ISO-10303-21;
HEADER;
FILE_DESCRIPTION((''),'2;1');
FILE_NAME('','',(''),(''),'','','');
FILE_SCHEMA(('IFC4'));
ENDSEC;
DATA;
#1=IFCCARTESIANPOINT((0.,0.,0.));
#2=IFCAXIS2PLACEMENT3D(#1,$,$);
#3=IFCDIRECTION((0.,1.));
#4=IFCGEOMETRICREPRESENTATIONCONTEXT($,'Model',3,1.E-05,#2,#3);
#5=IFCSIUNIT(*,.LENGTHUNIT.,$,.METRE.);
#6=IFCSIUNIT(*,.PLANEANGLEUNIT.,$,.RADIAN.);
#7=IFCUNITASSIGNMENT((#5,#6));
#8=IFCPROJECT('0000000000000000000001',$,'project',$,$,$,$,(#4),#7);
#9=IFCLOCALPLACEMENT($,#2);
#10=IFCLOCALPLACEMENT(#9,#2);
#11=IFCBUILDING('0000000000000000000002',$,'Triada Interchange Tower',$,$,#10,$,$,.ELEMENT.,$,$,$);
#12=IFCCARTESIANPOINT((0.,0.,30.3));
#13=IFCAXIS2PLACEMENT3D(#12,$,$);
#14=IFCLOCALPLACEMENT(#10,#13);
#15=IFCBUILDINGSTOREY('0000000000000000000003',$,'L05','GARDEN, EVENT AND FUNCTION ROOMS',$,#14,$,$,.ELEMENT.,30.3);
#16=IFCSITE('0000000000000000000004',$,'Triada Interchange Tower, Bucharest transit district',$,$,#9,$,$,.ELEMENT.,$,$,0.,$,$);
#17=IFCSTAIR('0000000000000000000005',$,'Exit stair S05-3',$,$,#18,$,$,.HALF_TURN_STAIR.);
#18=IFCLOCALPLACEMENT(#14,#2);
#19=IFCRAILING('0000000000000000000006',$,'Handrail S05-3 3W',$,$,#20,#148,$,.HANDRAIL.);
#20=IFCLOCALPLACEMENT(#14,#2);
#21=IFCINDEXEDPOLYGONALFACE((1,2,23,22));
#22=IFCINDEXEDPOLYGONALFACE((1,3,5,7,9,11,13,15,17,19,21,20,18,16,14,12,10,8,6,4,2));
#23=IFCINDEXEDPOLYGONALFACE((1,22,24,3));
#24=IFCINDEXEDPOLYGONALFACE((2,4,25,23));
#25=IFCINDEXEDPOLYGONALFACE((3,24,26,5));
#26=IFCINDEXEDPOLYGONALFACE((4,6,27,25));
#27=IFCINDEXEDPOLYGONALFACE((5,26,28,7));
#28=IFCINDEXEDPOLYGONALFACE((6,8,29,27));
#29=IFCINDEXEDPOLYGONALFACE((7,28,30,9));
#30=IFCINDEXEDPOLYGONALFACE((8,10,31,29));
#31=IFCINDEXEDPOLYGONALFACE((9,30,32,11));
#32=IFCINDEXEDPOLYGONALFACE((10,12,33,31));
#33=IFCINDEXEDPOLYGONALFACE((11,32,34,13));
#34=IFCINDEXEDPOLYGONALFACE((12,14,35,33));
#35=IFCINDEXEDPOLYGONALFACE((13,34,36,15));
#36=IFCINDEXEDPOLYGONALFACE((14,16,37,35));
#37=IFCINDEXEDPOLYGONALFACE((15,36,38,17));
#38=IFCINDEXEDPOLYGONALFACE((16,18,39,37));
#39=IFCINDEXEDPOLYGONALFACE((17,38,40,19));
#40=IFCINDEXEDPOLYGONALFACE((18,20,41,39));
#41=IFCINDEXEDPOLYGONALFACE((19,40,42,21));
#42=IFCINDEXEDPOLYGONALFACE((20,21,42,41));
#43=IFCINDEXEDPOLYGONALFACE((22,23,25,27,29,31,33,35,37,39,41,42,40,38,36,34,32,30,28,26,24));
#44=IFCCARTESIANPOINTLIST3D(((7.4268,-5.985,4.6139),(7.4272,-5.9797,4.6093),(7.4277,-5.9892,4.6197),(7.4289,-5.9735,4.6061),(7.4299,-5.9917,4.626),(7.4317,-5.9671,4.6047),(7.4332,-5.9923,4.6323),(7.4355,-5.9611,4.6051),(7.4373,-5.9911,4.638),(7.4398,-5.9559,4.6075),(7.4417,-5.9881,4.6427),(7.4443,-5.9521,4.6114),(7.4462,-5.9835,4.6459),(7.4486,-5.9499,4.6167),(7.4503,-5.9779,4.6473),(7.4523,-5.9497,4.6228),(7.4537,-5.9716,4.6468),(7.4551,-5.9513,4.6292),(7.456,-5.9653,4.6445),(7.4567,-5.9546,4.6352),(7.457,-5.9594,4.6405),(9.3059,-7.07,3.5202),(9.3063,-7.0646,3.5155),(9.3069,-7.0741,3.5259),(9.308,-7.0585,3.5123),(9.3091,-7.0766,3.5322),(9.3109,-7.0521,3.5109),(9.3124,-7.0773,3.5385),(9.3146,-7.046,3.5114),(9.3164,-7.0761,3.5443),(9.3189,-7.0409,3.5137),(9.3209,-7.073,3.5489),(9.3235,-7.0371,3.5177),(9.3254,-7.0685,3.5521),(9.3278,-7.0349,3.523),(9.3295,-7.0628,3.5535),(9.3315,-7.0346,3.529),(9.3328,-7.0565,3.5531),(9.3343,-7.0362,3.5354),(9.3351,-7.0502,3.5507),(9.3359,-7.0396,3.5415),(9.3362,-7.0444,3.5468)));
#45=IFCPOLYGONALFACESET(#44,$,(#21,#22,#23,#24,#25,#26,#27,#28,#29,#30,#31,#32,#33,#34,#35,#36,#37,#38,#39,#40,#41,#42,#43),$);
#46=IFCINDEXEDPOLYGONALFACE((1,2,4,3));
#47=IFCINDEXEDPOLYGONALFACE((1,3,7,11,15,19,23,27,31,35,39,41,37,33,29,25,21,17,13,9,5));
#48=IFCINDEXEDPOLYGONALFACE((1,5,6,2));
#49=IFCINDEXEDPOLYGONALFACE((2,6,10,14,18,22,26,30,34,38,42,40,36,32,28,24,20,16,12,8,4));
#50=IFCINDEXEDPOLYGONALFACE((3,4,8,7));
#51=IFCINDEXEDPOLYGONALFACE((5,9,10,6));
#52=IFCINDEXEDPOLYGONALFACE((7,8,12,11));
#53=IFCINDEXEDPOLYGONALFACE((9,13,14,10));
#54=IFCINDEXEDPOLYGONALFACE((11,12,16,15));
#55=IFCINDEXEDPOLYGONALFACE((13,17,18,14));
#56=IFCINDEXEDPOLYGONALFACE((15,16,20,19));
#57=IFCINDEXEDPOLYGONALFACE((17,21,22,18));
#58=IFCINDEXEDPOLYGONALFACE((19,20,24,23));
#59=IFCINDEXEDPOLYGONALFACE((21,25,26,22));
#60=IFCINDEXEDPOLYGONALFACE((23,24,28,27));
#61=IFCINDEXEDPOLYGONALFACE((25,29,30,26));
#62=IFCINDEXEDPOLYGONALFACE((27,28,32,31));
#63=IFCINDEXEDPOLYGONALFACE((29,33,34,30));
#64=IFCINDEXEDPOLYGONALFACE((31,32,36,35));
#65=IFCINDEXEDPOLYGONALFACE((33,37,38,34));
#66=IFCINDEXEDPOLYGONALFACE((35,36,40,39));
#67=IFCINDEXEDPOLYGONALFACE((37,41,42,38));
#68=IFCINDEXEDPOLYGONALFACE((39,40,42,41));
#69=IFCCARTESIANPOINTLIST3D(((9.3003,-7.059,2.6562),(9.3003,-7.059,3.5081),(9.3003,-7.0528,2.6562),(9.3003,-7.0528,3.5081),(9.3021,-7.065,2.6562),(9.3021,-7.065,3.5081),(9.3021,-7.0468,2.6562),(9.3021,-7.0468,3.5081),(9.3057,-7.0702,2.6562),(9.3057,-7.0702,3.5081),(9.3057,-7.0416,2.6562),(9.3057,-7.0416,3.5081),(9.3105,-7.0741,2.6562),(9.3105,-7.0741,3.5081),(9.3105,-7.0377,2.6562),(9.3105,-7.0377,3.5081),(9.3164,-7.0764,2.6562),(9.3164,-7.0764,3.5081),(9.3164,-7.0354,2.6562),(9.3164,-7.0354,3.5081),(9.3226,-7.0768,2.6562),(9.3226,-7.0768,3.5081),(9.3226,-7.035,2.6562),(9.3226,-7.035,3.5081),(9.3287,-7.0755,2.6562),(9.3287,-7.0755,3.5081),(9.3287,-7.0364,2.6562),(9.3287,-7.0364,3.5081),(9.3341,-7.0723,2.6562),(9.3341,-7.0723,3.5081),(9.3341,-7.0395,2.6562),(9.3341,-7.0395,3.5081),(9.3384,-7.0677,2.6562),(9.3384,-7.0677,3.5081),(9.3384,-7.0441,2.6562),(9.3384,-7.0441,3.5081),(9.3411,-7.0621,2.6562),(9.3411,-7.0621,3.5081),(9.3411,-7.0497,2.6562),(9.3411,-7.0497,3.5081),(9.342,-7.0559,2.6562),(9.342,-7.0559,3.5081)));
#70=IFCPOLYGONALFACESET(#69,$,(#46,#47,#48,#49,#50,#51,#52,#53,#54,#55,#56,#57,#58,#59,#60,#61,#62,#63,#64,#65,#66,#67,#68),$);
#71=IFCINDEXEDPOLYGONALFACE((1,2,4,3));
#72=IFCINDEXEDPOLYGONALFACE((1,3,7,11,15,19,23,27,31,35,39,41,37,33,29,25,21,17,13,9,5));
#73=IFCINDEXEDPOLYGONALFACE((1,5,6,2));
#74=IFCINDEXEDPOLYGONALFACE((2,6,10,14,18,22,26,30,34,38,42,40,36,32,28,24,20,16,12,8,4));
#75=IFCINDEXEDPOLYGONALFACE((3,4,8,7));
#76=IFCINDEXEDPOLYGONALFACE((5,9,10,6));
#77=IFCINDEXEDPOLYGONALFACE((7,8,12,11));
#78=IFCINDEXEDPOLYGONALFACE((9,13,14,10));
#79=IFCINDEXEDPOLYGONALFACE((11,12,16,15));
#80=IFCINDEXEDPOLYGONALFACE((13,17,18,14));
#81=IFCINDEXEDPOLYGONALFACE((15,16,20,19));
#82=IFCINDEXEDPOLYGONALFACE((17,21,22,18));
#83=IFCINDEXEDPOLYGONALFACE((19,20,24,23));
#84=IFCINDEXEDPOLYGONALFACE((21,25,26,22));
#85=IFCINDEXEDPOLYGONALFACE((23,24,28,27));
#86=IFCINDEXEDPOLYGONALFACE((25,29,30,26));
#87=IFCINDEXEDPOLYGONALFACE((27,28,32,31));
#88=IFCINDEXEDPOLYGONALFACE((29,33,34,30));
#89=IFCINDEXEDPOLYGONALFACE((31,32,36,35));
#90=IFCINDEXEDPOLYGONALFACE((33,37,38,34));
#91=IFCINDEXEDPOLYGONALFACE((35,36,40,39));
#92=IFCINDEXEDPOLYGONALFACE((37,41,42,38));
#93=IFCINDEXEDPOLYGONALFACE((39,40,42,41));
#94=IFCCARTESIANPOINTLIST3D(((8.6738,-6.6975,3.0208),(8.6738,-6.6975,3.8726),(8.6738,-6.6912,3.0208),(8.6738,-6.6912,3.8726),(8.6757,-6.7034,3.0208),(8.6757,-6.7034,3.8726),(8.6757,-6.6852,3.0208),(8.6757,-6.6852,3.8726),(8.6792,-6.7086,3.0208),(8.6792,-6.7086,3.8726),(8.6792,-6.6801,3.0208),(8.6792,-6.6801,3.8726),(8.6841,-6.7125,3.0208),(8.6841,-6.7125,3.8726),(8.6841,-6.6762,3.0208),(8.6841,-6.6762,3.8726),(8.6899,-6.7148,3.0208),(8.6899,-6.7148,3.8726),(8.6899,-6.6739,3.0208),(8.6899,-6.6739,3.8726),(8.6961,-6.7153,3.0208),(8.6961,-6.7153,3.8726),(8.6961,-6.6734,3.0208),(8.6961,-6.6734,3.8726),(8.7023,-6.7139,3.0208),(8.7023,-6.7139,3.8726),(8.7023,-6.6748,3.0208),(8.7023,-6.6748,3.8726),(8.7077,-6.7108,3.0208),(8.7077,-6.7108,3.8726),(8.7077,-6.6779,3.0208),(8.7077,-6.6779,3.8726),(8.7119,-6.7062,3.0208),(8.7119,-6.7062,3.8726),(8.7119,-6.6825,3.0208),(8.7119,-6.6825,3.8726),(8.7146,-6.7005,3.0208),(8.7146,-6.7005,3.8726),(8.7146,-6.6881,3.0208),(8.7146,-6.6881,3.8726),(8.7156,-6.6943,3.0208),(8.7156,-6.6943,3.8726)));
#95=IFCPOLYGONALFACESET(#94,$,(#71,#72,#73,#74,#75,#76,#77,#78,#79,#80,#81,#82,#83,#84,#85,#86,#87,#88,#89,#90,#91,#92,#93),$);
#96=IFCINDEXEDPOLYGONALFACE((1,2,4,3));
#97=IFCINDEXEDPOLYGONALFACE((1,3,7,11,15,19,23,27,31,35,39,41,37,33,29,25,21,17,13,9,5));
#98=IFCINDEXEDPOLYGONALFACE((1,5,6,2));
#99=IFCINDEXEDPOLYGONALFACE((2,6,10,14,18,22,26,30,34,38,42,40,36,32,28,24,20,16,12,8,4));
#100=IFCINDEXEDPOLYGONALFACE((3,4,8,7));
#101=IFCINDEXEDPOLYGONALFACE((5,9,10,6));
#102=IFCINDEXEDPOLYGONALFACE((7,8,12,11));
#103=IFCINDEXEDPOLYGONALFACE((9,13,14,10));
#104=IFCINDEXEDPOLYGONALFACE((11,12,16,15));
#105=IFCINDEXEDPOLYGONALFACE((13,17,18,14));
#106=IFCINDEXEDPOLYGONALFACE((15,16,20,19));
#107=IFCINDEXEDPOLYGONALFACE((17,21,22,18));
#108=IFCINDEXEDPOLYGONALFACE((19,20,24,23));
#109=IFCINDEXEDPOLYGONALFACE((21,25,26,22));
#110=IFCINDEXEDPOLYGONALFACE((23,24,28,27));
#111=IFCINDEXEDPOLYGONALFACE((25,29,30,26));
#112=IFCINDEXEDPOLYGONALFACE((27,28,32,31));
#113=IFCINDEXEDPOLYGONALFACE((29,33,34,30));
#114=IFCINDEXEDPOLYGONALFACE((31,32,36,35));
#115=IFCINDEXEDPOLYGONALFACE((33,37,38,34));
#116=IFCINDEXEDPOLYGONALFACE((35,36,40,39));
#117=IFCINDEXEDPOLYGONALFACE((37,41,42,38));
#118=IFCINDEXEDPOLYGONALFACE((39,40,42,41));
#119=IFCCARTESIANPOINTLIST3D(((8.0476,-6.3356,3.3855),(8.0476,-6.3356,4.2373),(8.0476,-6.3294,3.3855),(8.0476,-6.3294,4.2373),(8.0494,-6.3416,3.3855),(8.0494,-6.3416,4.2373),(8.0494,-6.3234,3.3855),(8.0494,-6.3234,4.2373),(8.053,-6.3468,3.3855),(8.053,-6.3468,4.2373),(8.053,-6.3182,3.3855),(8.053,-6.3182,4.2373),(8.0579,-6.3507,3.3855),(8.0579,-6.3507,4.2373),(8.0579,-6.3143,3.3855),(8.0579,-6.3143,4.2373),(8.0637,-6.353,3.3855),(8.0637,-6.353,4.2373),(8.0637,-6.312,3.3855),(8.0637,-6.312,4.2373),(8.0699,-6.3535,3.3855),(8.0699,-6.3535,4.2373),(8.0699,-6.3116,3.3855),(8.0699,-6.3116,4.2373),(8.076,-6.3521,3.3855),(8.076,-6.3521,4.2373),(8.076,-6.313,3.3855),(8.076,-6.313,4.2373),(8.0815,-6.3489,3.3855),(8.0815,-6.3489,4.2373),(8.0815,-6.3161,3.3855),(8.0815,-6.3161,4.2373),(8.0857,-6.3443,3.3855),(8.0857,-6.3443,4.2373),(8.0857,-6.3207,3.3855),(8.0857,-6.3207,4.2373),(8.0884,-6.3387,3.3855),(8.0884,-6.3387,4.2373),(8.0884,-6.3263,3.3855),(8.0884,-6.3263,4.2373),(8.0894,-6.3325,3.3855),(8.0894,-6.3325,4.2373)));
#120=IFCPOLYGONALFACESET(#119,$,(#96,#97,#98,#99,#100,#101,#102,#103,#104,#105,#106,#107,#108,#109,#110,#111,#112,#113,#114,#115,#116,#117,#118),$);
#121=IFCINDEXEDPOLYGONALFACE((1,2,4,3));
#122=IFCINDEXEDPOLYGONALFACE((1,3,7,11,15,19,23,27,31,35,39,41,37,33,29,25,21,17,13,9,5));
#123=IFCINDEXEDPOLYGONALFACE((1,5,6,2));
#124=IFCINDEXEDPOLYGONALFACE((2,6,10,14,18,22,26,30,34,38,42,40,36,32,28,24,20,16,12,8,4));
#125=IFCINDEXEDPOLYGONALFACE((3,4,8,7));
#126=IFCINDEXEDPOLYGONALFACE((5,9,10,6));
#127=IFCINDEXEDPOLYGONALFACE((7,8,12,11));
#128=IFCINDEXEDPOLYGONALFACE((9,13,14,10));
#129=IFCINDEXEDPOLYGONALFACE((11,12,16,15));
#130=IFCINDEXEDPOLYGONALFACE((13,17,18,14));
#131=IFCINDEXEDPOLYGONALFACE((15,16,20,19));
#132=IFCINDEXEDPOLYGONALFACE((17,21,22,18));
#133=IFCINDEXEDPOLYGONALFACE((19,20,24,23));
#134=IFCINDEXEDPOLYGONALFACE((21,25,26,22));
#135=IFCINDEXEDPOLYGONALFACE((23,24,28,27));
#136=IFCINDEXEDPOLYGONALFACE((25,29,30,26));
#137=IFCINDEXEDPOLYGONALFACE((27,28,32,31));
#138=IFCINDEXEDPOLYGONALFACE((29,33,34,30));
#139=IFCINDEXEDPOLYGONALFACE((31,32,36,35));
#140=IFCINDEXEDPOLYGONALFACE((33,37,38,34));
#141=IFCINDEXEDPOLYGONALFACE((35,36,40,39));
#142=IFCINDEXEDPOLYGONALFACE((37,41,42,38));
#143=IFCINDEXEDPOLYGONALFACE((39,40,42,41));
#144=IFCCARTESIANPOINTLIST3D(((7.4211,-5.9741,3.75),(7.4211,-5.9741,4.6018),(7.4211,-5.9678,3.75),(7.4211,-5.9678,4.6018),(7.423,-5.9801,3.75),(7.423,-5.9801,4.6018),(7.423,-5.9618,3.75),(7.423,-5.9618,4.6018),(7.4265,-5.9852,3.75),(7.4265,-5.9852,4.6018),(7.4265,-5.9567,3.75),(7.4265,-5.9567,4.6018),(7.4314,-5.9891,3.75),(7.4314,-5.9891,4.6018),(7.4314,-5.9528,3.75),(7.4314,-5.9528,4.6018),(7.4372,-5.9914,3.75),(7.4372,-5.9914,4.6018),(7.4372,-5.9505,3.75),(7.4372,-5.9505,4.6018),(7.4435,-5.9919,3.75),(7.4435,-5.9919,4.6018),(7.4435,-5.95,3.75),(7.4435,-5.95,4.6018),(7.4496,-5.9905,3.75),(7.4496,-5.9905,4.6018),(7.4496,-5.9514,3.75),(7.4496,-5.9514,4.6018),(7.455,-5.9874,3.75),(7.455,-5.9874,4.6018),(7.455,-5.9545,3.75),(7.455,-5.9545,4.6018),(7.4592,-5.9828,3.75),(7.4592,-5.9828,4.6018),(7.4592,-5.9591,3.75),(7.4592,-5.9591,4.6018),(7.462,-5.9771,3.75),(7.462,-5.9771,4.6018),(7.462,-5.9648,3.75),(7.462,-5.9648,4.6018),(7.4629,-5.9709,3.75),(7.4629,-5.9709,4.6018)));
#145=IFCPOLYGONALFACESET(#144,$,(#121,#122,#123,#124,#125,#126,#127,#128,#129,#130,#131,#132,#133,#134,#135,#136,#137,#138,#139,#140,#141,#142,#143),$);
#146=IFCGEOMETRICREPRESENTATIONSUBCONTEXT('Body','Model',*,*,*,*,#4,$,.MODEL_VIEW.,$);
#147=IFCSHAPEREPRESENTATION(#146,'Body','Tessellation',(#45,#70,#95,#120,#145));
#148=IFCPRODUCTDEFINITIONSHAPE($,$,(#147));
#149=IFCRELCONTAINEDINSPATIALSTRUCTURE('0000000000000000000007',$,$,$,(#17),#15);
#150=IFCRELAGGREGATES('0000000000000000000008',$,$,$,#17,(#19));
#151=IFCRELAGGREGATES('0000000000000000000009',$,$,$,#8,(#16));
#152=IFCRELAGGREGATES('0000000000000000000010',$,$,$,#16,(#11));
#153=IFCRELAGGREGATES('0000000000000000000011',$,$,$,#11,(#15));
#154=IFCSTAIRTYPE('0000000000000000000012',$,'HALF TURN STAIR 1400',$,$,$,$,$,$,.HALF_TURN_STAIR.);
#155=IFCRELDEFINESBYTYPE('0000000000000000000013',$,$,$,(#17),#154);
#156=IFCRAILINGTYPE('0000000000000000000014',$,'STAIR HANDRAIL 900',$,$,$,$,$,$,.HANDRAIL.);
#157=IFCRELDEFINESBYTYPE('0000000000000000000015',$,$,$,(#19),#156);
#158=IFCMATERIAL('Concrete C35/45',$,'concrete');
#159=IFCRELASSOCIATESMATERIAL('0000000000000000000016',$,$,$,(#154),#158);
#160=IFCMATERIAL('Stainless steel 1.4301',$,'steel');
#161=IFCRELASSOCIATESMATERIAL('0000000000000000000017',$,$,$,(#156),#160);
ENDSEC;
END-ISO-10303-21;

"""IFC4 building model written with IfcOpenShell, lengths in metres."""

from ifc_helpers import new_model, si_unit, direction, frame, origin, origin_2d, place, context, subcontext, project, spatial, circle, extrude, material, type_object, element, aggregate, save


model = new_model("IFC4")

# Units and contexts
model_context = context("Model", 3, precision=1e-05, world=origin(), true_north=direction((0.0, 1.0)))
body_context = subcontext(model_context, "Body", "Model", "MODEL_VIEW")
ifc_project = project(units=[si_unit("LENGTHUNIT", "METRE"), si_unit("PLANEANGLEUNIT", "RADIAN")], contexts=[model_context])

# Site, building, storey
site_placement = place(None, origin())
site = spatial("IfcSite", under=ifc_project, at=site_placement, Name="Triada Interchange Tower, Bucharest transit district", CompositionType="ELEMENT", RefElevation=0.0)
building_placement = place(site_placement, origin())
building = spatial("IfcBuilding", under=site, at=building_placement, Name="Triada Interchange Tower", CompositionType="ELEMENT")
storey_placement = place(building_placement, frame((0.0, 0.0, 30.3)))
storey = spatial("IfcBuildingStorey", under=building, at=storey_placement, Name="L05", Description="GARDEN, EVENT AND FUNCTION ROOMS", CompositionType="ELEMENT", Elevation=30.3)

# Shared definitions
ifc_material_1 = material(Name="Concrete C35/45", Category="concrete")

# Stair
stair_type = type_object("IfcStairType", Name="HALF TURN STAIR 1400", PredefinedType="HALF_TURN_STAIR", material=ifc_material_1)
stair_placement = place(storey_placement, origin())
stair = element("IfcStair", 1, at=stair_placement, inside=storey, type_object=stair_type, Name="Exit stair S05-3", PredefinedType="HALF_TURN_STAIR")
ifc_material_2 = material(Name="Stainless steel 1.4301", Category="steel")

# Railing
railing_type_1 = type_object("IfcRailingType", Name="STAIR HANDRAIL 900", PredefinedType="HANDRAIL", material=ifc_material_2)
railing_1_placement = place(storey_placement, frame((9.321, -7.0559, 2.6562)))
railing_1 = element("IfcRailing", 2, at=railing_1_placement, type_object=railing_type_1, Name="Handrail S05-3 3W", PredefinedType="HANDRAIL", context=body_context, shape_type="SweptSolid", body=[
    extrude(circle(Radius=0.0239, at=origin_2d()), frame((0.0, 0.0, 0.876), z_axis=(-0.77333, 0.446496, 0.450113), x_axis=(-0.500011, -0.866019, 0.0)), (0.0, 0.0, 1.0), 2.4299),
    extrude(circle(Radius=0.021, at=origin_2d()), origin(), (0.0, 0.0, 1.0), 0.8518),
    extrude(circle(Radius=0.021, at=origin_2d()), frame((-0.6265, 0.3616, 0.3645)), (0.0, 0.0, 1.0), 0.8518),
    extrude(circle(Radius=0.021, at=origin_2d()), frame((-1.2527, 0.7234, 0.7292)), (0.0, 0.0, 1.0), 0.8518),
    extrude(circle(Radius=0.021, at=origin_2d()), frame((-1.8792, 1.085, 1.0938)), (0.0, 0.0, 1.0), 0.8518),
])
aggregate(stair, [railing_1])

save(model, "model.ifc")
